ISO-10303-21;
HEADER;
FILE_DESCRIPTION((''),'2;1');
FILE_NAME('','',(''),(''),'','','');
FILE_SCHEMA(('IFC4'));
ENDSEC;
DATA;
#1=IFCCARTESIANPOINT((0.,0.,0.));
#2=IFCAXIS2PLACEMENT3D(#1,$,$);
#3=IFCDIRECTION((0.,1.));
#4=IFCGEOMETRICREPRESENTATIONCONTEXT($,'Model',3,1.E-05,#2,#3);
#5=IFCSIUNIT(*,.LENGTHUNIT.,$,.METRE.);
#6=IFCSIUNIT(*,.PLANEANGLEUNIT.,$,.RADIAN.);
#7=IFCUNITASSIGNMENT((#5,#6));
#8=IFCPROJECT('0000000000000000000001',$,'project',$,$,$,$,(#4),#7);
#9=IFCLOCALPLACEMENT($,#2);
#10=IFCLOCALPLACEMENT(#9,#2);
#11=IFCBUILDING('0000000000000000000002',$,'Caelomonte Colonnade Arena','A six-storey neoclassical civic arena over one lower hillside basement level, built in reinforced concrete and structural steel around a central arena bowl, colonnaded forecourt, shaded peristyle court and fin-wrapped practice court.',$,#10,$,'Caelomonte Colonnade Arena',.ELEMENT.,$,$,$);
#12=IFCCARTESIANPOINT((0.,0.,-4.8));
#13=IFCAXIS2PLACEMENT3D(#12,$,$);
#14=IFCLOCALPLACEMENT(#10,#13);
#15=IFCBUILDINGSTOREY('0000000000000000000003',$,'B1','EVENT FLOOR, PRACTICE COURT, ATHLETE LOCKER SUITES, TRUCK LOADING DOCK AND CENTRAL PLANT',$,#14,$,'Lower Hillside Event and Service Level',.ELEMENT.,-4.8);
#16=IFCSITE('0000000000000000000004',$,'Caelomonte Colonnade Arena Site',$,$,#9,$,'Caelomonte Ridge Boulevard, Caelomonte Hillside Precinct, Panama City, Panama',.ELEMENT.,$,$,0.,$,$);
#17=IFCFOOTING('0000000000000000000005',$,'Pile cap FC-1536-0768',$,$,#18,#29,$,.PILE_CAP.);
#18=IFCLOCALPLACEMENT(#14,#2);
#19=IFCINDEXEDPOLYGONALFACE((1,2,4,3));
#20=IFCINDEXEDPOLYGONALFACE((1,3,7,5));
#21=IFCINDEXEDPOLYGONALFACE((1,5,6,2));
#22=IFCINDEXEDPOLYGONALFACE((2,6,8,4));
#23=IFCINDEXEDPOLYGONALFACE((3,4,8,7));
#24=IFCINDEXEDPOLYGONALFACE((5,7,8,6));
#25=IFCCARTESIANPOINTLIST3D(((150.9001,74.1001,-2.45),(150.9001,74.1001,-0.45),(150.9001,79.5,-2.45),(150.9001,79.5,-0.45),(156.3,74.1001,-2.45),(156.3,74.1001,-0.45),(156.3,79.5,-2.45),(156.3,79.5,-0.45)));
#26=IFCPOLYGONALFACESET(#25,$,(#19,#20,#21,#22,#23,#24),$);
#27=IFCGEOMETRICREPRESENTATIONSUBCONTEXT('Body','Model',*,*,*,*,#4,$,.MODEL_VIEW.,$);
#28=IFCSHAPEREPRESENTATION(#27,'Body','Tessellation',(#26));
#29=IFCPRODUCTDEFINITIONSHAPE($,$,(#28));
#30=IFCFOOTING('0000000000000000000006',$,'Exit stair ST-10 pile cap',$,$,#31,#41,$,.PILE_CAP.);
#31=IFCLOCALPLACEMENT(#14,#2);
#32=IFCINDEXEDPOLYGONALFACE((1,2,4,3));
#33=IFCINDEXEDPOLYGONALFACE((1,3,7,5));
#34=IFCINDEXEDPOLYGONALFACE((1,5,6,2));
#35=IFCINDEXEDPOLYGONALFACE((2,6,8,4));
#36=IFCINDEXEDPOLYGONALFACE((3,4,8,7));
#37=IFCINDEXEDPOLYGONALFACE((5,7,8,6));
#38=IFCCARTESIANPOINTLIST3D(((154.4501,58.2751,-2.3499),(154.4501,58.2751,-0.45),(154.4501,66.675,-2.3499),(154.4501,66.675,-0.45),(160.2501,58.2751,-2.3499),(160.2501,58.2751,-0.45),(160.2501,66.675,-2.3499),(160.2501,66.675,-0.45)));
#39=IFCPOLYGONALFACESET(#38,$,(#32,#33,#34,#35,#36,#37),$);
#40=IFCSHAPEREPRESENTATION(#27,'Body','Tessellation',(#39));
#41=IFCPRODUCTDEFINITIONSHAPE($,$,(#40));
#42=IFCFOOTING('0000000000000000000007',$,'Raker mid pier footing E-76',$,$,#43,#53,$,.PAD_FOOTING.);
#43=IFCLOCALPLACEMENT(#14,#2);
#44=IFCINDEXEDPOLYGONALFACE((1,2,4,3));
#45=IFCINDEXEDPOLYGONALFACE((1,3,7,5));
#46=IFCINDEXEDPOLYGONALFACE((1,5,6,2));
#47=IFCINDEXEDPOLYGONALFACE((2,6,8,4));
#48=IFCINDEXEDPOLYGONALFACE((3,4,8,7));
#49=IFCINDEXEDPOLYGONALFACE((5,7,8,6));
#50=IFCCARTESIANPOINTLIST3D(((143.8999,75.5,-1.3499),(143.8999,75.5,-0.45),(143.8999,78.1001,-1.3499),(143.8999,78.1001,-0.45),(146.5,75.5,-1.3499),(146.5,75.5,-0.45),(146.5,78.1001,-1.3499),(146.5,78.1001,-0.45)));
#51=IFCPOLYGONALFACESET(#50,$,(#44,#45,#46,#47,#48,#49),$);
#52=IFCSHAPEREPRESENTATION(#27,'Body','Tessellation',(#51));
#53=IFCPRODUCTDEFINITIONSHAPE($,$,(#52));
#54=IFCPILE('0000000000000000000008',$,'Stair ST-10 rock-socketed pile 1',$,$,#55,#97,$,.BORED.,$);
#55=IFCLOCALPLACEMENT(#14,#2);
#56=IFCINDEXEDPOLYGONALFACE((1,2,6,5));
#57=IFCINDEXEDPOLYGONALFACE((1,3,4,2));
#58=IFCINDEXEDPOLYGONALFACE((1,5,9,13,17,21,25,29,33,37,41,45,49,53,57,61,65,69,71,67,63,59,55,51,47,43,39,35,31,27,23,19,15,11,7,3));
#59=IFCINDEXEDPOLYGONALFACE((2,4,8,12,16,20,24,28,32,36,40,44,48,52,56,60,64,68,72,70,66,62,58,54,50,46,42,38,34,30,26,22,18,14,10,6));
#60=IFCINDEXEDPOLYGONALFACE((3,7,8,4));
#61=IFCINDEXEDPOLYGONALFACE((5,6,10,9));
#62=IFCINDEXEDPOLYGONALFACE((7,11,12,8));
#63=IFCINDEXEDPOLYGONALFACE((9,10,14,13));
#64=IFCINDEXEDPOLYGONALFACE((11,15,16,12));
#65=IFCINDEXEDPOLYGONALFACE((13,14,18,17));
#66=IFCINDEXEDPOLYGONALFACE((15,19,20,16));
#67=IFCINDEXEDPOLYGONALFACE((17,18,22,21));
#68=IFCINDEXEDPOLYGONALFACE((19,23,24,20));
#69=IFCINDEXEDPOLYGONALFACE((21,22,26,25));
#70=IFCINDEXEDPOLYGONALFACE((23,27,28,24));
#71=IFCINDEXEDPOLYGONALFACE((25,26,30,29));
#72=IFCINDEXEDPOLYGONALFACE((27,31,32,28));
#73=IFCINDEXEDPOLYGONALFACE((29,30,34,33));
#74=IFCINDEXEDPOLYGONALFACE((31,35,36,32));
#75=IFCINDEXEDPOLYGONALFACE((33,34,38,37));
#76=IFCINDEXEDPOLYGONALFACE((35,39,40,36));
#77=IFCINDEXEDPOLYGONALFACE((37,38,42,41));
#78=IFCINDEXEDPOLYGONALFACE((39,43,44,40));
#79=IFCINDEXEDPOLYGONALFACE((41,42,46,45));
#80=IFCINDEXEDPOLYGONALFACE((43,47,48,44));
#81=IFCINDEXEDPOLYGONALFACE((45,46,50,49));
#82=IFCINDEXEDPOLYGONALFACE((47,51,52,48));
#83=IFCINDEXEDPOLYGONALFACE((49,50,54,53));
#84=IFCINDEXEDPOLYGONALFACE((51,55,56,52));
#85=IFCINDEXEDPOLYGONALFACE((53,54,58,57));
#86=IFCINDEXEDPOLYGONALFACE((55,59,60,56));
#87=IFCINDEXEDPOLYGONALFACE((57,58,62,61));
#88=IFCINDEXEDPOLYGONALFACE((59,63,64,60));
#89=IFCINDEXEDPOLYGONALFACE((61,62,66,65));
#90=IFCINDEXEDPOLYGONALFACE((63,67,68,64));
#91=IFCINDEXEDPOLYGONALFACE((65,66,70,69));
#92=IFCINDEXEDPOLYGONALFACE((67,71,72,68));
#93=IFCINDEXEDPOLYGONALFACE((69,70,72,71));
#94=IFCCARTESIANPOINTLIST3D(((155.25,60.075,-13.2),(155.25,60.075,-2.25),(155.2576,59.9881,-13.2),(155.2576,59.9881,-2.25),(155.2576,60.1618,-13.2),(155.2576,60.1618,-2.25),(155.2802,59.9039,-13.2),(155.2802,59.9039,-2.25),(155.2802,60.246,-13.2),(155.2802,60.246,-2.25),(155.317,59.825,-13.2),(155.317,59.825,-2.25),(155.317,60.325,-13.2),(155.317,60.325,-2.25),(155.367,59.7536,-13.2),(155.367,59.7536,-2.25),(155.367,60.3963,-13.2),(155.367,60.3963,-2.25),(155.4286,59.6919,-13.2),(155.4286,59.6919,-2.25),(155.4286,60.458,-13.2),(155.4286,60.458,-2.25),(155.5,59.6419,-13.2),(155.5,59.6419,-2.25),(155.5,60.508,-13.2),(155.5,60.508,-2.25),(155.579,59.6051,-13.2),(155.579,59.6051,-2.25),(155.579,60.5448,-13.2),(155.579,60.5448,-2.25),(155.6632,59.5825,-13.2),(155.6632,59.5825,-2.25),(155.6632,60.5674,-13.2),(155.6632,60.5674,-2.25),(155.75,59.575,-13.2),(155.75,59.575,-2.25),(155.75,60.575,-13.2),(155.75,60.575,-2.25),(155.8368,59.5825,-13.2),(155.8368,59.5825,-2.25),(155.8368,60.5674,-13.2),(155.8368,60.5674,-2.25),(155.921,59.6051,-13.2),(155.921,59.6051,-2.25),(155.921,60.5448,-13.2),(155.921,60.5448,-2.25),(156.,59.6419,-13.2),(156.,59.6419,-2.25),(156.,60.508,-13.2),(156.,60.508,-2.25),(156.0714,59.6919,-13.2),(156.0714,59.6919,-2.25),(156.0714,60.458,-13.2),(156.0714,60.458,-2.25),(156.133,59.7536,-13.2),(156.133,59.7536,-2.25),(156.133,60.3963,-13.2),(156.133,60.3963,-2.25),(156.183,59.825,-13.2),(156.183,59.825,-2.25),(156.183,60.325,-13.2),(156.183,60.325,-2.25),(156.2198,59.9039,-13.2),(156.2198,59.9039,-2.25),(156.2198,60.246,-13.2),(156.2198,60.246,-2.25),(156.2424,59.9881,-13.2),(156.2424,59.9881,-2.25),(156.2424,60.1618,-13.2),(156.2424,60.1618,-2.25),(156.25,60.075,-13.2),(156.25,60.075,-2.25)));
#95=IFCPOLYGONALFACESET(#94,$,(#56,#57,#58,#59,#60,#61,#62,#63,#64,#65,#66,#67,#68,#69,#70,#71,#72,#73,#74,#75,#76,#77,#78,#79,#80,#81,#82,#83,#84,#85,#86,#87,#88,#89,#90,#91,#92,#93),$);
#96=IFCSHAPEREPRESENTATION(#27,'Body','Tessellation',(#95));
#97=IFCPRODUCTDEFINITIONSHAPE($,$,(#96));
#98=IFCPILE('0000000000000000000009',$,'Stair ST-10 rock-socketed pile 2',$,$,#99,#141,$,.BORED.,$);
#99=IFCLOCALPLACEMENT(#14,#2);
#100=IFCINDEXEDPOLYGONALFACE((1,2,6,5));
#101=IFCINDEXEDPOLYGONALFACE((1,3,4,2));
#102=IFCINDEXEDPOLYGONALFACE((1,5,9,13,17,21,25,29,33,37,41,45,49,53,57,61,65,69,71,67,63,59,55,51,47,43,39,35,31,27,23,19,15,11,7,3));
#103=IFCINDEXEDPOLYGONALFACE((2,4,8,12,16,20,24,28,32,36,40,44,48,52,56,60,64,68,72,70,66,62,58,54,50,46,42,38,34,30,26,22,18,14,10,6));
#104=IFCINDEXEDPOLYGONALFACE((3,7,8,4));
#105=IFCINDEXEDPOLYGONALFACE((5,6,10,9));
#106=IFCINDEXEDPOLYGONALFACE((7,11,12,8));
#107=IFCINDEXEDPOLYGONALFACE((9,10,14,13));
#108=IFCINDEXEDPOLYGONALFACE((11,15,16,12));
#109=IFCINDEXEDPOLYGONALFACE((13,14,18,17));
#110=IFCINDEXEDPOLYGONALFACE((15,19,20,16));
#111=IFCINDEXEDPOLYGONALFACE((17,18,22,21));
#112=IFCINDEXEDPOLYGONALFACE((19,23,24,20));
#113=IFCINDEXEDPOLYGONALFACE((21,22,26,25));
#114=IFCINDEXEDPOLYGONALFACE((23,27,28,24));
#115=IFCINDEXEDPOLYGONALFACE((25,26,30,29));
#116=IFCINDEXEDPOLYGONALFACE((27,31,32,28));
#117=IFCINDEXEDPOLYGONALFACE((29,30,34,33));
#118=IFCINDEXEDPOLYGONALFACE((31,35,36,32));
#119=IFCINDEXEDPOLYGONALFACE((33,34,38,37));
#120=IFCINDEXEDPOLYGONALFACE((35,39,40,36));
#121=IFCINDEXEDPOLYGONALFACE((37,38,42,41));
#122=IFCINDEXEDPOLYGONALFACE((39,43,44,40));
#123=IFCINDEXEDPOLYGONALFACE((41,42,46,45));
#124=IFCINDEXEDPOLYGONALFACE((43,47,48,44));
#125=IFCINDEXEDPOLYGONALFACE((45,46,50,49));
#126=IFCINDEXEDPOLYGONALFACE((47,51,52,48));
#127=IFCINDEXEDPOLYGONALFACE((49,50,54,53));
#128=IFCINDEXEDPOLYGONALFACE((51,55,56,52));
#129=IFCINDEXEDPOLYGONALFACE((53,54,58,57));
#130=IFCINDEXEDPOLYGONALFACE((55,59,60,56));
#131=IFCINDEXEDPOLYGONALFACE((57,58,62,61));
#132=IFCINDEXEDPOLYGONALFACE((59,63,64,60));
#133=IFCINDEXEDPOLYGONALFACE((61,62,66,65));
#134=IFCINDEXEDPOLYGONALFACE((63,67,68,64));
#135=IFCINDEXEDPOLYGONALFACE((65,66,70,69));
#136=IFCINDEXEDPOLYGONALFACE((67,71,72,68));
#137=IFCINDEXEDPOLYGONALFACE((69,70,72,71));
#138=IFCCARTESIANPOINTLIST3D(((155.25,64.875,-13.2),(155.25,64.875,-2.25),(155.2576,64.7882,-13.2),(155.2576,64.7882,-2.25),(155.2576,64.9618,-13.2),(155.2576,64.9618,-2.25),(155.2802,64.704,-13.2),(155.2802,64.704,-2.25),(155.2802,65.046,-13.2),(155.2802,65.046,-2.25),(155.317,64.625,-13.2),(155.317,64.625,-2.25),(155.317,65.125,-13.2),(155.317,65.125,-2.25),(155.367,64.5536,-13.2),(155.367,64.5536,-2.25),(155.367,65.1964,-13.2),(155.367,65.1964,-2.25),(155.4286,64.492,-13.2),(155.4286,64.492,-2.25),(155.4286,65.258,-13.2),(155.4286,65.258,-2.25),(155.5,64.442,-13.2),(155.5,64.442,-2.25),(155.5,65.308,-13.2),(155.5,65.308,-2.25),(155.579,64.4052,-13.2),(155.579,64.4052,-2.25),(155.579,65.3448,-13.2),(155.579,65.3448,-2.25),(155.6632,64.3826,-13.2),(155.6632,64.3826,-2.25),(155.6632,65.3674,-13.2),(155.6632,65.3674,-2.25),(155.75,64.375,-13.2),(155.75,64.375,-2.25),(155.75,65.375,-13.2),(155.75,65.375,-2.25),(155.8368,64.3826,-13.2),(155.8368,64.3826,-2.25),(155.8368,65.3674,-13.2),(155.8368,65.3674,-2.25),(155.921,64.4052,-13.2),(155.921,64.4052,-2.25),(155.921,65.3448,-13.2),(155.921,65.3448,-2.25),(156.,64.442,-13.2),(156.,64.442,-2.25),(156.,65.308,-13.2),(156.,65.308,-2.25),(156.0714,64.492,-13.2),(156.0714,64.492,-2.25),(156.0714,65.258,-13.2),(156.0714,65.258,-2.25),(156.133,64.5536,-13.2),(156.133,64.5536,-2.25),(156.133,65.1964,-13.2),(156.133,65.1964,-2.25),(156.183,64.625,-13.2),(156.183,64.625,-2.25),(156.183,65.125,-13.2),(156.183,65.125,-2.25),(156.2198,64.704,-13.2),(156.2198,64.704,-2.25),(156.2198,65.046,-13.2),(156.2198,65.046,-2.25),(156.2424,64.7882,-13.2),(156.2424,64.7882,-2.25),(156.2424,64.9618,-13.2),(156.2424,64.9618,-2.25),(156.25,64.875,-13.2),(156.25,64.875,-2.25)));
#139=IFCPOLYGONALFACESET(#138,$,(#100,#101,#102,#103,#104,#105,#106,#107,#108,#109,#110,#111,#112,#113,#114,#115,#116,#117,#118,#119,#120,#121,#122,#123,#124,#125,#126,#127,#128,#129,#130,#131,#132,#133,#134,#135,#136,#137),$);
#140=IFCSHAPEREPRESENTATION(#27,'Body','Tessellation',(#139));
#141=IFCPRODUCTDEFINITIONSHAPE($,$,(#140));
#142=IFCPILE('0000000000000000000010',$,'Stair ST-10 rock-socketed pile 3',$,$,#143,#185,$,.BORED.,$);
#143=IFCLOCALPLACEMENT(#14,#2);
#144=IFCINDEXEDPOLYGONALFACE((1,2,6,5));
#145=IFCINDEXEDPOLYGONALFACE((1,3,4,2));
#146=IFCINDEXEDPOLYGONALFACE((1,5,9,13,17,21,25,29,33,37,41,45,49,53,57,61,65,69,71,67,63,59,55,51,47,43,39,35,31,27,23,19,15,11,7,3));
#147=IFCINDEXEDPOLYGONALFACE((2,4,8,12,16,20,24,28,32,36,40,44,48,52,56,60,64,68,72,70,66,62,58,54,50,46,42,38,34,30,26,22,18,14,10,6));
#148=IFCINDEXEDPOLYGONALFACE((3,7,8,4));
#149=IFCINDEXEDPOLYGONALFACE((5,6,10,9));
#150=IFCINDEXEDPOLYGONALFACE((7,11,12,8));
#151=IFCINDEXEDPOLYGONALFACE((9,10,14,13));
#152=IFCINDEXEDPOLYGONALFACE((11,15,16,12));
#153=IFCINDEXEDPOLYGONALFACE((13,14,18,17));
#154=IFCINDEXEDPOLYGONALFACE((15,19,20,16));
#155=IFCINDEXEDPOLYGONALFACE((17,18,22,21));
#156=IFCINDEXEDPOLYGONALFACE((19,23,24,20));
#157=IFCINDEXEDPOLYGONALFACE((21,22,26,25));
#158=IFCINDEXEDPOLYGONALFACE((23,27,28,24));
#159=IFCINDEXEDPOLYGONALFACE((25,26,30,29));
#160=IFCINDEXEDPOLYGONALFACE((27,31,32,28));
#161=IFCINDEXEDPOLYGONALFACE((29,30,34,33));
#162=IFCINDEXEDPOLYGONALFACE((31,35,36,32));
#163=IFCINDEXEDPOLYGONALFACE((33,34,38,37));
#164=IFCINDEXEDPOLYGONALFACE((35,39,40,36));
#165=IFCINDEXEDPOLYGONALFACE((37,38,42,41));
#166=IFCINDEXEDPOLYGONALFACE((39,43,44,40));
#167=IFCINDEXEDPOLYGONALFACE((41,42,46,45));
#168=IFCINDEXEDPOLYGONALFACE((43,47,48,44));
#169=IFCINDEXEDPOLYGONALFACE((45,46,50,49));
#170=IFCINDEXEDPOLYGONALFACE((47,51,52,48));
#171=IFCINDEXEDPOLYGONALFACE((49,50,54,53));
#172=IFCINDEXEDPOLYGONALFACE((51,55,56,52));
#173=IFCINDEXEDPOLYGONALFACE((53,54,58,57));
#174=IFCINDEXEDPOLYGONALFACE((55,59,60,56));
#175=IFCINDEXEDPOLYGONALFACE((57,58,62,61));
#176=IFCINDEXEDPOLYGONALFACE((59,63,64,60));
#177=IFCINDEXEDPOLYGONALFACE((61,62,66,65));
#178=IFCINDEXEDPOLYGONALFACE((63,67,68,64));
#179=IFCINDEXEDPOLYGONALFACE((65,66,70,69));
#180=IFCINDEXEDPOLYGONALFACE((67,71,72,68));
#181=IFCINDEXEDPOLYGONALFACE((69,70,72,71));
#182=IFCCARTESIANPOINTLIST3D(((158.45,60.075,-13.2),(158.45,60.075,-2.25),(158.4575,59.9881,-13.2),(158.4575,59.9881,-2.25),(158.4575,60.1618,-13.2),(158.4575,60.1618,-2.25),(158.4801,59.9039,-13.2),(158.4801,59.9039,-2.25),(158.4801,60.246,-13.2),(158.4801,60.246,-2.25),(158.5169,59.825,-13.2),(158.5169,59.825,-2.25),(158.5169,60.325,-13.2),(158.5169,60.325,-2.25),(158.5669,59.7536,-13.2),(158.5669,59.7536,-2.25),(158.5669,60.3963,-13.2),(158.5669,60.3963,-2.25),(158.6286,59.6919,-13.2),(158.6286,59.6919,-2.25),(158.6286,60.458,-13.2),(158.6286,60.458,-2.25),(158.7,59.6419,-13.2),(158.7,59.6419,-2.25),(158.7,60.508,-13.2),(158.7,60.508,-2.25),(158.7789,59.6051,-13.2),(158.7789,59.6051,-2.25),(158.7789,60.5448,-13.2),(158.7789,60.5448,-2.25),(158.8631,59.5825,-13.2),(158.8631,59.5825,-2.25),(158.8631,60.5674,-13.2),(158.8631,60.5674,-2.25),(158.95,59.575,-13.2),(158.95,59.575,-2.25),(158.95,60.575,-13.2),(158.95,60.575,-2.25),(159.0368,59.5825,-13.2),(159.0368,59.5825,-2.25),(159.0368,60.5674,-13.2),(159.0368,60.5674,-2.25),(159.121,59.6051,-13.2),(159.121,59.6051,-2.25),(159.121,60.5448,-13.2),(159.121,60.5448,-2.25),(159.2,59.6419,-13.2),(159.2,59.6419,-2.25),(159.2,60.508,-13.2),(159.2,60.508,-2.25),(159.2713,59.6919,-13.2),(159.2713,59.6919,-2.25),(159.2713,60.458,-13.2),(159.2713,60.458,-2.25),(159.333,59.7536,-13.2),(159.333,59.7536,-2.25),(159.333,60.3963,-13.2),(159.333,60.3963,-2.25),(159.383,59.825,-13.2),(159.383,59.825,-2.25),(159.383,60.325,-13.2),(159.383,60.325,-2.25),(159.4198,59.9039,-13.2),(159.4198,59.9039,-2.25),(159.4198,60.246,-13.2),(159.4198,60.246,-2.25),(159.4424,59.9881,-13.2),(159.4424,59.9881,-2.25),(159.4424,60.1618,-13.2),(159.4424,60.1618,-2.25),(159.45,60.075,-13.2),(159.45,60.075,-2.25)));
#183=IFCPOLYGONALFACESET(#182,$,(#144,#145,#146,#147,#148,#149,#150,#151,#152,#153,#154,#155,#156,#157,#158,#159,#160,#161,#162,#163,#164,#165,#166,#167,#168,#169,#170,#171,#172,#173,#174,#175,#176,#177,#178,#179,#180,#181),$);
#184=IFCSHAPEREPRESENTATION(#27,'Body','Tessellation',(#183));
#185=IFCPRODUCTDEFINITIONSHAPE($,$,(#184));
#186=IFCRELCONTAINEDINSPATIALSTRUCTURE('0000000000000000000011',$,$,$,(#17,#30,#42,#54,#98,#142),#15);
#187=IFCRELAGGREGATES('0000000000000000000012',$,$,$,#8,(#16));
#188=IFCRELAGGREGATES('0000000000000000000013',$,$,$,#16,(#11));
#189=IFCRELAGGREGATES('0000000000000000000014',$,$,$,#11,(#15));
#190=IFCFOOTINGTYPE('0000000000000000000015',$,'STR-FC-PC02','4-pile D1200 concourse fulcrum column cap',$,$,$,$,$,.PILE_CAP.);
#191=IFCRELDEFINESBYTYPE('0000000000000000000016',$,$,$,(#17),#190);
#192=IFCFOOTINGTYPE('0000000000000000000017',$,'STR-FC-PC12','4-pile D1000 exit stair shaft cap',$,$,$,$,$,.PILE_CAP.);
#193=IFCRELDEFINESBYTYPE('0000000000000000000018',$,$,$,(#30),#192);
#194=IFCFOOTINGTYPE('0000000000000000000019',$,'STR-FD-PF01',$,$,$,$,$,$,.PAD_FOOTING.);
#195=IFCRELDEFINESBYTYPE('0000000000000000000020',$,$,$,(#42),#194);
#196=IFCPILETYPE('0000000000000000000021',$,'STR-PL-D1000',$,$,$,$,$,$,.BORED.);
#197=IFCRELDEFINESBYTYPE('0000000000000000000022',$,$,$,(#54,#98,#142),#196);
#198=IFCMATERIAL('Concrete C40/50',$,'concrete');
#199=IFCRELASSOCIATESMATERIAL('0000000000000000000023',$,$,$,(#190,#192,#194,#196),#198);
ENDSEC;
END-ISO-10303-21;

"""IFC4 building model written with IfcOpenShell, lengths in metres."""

from ifc_helpers import new_model, si_unit, direction, frame, origin, origin_2d, place, context, subcontext, project, spatial, rectangle, circle, extrude, material, material_profile, profile_set, type_object, element, save


model = new_model("IFC4")

# Units and contexts
model_context = context("Model", 3, precision=1e-05, world=origin(), true_north=direction((0.0, 1.0)))
body_context = subcontext(model_context, "Body", "Model", "MODEL_VIEW")
ifc_project = project(units=[si_unit("LENGTHUNIT", "METRE"), si_unit("PLANEANGLEUNIT", "RADIAN")], contexts=[model_context])

# Site, building, storey
site_placement = place(None, origin())
site = spatial("IfcSite", under=ifc_project, at=site_placement, Name="Caelomonte Colonnade Arena Site", LongName="Caelomonte Ridge Boulevard, Caelomonte Hillside Precinct, Panama City, Panama", CompositionType="ELEMENT", RefElevation=0.0)
building_placement = place(site_placement, origin())
building = spatial("IfcBuilding", under=site, at=building_placement, Name="Caelomonte Colonnade Arena", Description="A six-storey neoclassical civic arena over one lower hillside basement level, built in reinforced concrete and structural steel around a central arena bowl, colonnaded forecourt, shaded peristyle court and fin-wrapped practice court.", LongName="Caelomonte Colonnade Arena", CompositionType="ELEMENT")
storey_placement = place(building_placement, frame((0.0, 0.0, -4.8)))
storey = spatial("IfcBuildingStorey", under=building, at=storey_placement, Name="B1", Description="EVENT FLOOR, PRACTICE COURT, ATHLETE LOCKER SUITES, TRUCK LOADING DOCK AND CENTRAL PLANT", LongName="Lower Hillside Event and Service Level", CompositionType="ELEMENT", Elevation=-4.8)

# Footings
ifc_material_1 = material(Name="Concrete C40/50", Category="concrete")
footing_type_1 = type_object("IfcFootingType", Name="STR-FC-PC02", Description="4-pile D1200 concourse fulcrum column cap", PredefinedType="PILE_CAP", material=ifc_material_1)
footing_1_placement = place(storey_placement, frame((153.6001, 76.8, -2.45), z_axis=(0.0, 0.0, 1.0), x_axis=(1.0, 0.0, 0.0)))
element("IfcFooting", 1, at=footing_1_placement, inside=storey, type_object=footing_type_1, Name="Pile cap FC-1536-0768", PredefinedType="PILE_CAP", context=body_context, shape_type="SweptSolid", body=[
    extrude(rectangle(XDim=5.3999, YDim=5.3999, at=origin_2d()), origin(), (0.0, 0.0, 1.0), 2.0),
])
footing_type_2 = type_object("IfcFootingType", Name="STR-FC-PC12", Description="4-pile D1000 exit stair shaft cap", PredefinedType="PILE_CAP", material=ifc_material_1)
footing_2_placement = place(storey_placement, frame((157.3501, 62.4751, -2.3499), z_axis=(0.0, 0.0, 1.0), x_axis=(1.0, 0.0, 0.0)))
element("IfcFooting", 2, at=footing_2_placement, inside=storey, type_object=footing_type_2, Name="Exit stair ST-10 pile cap", PredefinedType="PILE_CAP", context=body_context, shape_type="SweptSolid", body=[
    extrude(rectangle(XDim=5.8, YDim=8.3999, at=origin_2d()), origin(), (0.0, 0.0, 1.0), 1.8999),
])
footing_type_3 = type_object("IfcFootingType", Name="STR-FD-PF01", PredefinedType="PAD_FOOTING", material=ifc_material_1)
footing_3_placement = place(storey_placement, frame((145.2, 76.8, -1.3499), z_axis=(0.0, 0.0, 1.0), x_axis=(1.0, 0.0, 0.0)))
element("IfcFooting", 3, at=footing_3_placement, inside=storey, type_object=footing_type_3, Name="Raker mid pier footing E-76", PredefinedType="PAD_FOOTING", context=body_context, shape_type="SweptSolid", body=[
    extrude(rectangle(XDim=2.6001, YDim=2.6001, at=origin_2d()), origin(), (0.0, 0.0, 1.0), 0.8999),
])

# Piles
ifc_material_profile_1 = material_profile(ifc_material_1, circle(Radius=0.5, at=origin_2d()), Name="PILE-D1000")
ifc_profile_set_1 = profile_set([ifc_material_profile_1], Name="Concrete C40/50")
pile_type_1 = type_object("IfcPileType", Name="STR-PL-D1000", PredefinedType="BORED", material=ifc_profile_set_1)
for number, where, z_axis, x_axis, name in (
    (4, (155.75, 60.075, -2.25), (0.0, 0.0, -1.0), (1.0, 0.0, 0.0), "Stair ST-10 rock-socketed pile 1"),
    (5, (155.75, 64.875, -2.25), (0.0, 0.0, -1.0), (1.0, 0.0, 0.0), "Stair ST-10 rock-socketed pile 2"),
    (6, (158.95, 60.075, -2.25), (0.0, 0.0, -1.0), (1.0, 0.0, 0.0), "Stair ST-10 rock-socketed pile 3"),
):
    element("IfcPile", number, at=place(storey_placement, frame(where, z_axis=z_axis, x_axis=x_axis)), inside=storey, type_object=pile_type_1, Name=name, PredefinedType="BORED", context=body_context, shape_type="SweptSolid", body=[
        extrude(circle(Radius=0.5, at=origin_2d()), origin(), (0.0, 0.0, 1.0), 10.95),
    ])

save(model, "model.ifc")
